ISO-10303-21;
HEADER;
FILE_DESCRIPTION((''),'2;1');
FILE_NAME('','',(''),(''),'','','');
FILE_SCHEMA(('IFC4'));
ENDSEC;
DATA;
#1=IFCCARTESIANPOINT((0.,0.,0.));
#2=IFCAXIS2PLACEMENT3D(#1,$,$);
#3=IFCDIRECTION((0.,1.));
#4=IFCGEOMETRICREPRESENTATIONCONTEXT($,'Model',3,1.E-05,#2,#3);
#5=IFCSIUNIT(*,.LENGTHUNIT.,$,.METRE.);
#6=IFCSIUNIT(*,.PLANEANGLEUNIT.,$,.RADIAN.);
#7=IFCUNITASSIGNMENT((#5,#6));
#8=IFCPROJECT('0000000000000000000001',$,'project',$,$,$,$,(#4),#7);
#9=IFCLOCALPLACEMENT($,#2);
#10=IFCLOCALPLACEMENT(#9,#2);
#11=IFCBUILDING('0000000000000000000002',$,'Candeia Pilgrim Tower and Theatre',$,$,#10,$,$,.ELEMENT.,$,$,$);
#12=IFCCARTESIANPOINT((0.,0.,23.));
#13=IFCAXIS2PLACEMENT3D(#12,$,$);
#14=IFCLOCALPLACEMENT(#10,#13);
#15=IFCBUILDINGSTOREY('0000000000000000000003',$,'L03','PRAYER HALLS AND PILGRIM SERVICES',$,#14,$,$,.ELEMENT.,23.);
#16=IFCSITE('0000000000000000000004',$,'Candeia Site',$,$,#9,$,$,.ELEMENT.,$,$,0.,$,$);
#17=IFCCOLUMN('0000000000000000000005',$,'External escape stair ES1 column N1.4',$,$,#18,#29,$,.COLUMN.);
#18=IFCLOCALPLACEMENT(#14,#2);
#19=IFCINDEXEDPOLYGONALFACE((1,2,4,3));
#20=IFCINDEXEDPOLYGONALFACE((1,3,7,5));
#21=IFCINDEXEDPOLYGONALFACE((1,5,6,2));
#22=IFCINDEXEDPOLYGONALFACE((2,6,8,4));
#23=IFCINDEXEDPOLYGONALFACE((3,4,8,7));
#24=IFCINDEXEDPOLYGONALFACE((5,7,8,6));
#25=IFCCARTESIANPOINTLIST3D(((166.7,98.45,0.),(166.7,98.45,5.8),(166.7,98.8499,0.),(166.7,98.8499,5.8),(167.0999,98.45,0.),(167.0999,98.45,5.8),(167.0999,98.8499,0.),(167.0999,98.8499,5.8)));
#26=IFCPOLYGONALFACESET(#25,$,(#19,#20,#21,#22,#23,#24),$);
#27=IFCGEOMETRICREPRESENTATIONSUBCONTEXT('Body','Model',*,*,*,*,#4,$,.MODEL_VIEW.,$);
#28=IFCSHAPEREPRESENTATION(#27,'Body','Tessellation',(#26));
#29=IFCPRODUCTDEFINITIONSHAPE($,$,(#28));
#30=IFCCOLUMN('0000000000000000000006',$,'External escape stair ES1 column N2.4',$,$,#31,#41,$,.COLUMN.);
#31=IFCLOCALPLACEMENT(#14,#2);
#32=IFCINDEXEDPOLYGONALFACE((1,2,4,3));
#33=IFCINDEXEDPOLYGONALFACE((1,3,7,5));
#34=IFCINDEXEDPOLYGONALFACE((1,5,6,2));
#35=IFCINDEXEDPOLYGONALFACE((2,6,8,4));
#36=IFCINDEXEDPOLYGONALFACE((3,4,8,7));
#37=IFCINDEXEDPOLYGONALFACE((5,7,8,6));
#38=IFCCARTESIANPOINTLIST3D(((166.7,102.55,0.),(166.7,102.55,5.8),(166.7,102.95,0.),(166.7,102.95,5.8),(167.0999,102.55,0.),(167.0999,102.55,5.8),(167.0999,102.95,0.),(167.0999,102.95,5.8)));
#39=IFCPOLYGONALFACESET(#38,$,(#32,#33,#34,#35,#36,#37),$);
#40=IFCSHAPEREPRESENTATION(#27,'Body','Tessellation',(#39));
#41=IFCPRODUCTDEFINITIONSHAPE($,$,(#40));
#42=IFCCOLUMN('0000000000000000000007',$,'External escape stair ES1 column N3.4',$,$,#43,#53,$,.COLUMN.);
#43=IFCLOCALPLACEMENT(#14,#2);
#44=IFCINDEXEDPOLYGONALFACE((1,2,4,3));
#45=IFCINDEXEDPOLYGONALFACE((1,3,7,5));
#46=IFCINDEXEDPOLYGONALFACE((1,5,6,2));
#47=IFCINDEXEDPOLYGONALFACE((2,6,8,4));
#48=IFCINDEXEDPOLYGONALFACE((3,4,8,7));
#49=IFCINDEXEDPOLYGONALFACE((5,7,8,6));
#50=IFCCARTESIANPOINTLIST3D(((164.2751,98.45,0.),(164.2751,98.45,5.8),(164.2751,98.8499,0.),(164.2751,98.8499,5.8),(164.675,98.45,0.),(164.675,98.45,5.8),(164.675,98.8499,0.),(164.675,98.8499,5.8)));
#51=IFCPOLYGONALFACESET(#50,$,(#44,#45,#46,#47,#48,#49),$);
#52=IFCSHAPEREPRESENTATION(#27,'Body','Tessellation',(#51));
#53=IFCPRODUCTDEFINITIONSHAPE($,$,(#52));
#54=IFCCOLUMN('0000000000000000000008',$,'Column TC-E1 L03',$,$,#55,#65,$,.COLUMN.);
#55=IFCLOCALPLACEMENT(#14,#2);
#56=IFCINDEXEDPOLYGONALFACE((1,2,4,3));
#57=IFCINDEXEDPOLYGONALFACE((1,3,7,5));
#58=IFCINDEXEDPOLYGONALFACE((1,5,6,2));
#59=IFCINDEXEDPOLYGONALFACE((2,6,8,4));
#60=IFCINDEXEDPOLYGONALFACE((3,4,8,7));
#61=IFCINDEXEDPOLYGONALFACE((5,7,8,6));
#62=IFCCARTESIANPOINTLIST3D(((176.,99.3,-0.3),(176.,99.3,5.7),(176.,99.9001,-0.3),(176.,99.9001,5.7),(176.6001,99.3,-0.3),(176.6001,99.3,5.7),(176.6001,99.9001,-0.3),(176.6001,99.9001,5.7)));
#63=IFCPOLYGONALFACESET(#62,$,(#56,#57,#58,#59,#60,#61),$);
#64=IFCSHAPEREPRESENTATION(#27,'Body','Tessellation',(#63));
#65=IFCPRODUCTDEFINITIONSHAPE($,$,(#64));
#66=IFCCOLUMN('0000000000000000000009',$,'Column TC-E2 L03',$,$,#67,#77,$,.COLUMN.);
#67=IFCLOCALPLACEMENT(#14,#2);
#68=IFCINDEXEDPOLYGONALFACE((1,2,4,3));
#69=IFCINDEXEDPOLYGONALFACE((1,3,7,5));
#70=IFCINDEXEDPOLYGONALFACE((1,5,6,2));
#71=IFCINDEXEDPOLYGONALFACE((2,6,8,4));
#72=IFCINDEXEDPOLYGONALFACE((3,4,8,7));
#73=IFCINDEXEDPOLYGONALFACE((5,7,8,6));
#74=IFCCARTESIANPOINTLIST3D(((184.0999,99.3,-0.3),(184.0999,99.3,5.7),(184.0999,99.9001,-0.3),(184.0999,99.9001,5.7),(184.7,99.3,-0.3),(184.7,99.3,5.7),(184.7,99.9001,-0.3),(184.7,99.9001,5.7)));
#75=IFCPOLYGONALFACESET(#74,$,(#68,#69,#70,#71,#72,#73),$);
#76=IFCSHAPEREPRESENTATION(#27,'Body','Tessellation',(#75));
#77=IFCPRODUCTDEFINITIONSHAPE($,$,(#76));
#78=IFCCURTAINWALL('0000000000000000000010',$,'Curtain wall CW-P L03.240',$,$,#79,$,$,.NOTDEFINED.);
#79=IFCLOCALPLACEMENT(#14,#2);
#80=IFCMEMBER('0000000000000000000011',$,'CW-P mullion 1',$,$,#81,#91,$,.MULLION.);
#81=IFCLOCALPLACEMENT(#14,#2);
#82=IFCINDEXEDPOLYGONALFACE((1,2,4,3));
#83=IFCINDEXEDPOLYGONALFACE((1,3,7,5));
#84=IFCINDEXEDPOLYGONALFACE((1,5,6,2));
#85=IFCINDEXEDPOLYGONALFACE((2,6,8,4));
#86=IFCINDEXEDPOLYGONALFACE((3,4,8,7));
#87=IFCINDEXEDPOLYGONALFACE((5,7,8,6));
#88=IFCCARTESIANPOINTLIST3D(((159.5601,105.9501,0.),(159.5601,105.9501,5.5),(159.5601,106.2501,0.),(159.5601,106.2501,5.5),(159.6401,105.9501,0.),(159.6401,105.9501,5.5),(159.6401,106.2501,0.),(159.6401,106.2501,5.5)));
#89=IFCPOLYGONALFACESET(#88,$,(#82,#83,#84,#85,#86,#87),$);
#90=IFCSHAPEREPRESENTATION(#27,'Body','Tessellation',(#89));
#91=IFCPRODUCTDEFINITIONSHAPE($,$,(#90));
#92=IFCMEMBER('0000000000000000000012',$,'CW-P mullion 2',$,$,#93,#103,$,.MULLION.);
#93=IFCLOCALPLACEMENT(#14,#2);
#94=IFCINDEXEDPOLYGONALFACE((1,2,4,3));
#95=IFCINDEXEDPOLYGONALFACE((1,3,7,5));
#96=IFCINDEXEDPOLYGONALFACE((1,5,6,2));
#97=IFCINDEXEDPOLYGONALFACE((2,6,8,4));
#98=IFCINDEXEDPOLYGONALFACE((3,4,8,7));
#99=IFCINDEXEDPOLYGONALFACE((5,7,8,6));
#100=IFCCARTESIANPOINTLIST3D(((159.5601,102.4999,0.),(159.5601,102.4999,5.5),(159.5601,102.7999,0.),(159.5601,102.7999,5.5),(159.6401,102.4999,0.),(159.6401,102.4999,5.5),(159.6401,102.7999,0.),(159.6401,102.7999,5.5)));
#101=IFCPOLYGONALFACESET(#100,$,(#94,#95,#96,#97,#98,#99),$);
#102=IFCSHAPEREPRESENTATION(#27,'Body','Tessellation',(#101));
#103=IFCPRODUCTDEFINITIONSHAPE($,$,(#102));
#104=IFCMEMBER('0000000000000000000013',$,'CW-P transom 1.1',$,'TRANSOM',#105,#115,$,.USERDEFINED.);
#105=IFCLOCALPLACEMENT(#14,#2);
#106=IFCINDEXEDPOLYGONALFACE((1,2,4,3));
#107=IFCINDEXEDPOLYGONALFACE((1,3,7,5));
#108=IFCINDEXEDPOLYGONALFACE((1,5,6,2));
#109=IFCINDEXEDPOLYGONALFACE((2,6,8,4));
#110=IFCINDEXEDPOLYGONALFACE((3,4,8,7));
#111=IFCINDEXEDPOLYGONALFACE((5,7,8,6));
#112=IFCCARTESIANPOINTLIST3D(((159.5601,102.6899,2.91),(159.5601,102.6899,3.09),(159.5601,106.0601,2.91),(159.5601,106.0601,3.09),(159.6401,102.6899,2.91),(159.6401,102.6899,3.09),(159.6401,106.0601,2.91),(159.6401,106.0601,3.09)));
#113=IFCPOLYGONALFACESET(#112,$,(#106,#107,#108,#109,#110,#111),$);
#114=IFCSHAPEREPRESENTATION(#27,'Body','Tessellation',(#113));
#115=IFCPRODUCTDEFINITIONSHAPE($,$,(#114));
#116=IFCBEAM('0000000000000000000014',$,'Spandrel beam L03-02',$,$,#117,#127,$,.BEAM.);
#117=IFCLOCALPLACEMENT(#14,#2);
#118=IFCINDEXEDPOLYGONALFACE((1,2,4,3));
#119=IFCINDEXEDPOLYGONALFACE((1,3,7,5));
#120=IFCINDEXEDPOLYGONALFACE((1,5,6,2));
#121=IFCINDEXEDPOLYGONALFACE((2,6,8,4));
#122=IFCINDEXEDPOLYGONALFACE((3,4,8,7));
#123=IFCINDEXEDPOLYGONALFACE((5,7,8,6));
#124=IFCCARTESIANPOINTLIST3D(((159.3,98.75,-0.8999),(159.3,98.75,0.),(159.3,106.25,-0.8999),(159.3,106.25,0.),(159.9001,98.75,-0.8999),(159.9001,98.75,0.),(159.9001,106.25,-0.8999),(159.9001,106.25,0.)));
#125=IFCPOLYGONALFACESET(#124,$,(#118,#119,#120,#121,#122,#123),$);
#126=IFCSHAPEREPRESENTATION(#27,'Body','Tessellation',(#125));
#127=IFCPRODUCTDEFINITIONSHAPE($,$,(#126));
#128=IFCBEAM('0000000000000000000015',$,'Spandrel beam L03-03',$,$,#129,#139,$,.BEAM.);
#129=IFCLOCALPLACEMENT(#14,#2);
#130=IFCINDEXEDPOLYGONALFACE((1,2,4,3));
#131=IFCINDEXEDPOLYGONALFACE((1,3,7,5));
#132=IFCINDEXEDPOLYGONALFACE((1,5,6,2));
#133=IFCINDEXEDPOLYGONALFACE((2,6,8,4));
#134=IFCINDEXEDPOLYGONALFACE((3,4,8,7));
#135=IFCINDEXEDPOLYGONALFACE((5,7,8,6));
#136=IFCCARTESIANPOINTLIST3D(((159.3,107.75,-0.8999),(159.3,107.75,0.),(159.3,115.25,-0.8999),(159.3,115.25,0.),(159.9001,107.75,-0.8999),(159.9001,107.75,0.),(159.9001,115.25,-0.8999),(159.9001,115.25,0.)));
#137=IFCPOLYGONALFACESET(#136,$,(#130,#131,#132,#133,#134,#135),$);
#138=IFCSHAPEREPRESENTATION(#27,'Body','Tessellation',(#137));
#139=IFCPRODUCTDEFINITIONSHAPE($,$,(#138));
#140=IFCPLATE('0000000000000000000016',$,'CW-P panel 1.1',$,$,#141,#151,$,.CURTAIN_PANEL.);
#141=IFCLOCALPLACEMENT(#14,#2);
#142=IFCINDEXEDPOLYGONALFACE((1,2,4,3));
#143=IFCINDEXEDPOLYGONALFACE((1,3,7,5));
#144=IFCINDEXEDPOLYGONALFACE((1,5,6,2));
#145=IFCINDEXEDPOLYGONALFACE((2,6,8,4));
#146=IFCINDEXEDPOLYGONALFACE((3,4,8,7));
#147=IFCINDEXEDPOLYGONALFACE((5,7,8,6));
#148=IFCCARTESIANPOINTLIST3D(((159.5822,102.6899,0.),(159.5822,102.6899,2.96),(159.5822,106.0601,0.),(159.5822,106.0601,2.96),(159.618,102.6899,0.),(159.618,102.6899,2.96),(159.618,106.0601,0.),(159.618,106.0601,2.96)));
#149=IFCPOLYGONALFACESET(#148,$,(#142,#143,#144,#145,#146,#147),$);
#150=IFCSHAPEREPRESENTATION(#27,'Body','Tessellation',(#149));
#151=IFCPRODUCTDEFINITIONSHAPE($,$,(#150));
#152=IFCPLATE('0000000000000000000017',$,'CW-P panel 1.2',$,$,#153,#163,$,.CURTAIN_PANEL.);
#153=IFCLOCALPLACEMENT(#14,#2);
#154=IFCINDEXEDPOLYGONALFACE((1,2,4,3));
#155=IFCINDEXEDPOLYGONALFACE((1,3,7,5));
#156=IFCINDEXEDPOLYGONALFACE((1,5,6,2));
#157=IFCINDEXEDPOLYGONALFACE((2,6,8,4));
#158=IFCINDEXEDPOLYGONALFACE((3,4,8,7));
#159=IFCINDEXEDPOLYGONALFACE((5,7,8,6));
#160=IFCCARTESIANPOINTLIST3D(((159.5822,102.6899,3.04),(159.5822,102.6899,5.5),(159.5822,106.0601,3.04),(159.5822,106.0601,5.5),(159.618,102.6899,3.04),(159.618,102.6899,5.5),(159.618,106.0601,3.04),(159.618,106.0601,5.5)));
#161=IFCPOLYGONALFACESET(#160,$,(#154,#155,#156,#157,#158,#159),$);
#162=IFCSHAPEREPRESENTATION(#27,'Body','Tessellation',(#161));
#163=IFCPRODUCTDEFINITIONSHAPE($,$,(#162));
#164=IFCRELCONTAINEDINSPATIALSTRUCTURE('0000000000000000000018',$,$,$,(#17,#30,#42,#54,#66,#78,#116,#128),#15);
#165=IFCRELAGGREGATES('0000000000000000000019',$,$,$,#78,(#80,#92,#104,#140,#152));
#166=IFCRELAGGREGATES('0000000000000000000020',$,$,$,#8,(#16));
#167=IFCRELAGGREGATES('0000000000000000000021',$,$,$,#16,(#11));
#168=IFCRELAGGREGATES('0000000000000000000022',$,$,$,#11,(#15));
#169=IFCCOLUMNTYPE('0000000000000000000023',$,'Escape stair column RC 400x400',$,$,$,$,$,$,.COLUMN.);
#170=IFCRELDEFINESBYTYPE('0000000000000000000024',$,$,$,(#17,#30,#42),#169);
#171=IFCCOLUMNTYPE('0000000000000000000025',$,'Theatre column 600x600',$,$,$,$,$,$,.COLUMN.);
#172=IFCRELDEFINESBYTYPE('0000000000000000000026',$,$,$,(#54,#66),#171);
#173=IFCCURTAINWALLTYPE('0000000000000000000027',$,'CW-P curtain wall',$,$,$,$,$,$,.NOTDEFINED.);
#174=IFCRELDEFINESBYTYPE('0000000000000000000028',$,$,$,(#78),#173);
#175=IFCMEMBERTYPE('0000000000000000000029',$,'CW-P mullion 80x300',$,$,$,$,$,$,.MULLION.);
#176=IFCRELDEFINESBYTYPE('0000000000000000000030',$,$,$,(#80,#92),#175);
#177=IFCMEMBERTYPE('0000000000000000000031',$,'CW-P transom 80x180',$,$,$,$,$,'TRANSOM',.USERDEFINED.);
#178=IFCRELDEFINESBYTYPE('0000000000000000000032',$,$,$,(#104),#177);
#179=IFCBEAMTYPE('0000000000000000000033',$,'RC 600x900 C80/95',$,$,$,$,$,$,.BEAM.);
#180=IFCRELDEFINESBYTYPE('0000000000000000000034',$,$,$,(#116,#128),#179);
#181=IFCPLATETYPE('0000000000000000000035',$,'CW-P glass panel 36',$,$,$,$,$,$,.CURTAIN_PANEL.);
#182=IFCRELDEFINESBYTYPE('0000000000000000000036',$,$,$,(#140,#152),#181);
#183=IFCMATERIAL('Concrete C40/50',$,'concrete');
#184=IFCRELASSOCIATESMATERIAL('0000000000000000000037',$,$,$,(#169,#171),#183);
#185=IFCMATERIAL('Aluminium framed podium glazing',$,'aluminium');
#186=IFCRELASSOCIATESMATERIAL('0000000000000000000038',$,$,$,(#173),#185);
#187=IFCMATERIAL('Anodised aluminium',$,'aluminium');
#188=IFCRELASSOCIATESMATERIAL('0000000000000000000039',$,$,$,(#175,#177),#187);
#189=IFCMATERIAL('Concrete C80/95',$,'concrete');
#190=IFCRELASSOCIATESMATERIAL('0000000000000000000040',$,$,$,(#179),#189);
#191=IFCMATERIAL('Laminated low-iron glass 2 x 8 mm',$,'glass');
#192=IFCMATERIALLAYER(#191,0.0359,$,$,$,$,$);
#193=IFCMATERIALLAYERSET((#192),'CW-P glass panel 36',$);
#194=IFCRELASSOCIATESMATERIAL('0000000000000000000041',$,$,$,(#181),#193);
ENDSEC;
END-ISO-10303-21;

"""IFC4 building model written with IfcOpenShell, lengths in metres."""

from ifc_helpers import new_model, si_unit, direction, frame, origin, origin_2d, place, context, subcontext, project, spatial, rectangle, extrude, material, layer, layer_set, material_profile, profile_set, type_object, element, aggregate, save


model = new_model("IFC4")

# Units and contexts
model_context = context("Model", 3, precision=1e-05, world=origin(), true_north=direction((0.0, 1.0)))
body_context = subcontext(model_context, "Body", "Model", "MODEL_VIEW")
ifc_project = project(units=[si_unit("LENGTHUNIT", "METRE"), si_unit("PLANEANGLEUNIT", "RADIAN")], contexts=[model_context])

# Site, building, storey
site_placement = place(None, origin())
site = spatial("IfcSite", under=ifc_project, at=site_placement, Name="Candeia Site", CompositionType="ELEMENT", RefElevation=0.0)
building_placement = place(site_placement, origin())
building = spatial("IfcBuilding", under=site, at=building_placement, Name="Candeia Pilgrim Tower and Theatre", CompositionType="ELEMENT")
storey_placement = place(building_placement, frame((0.0, 0.0, 23.0)))
storey = spatial("IfcBuildingStorey", under=building, at=storey_placement, Name="L03", Description="PRAYER HALLS AND PILGRIM SERVICES", CompositionType="ELEMENT", Elevation=23.0)

# Columns
ifc_material_1 = material(Name="Concrete C40/50", Category="concrete")
ifc_material_profile_1 = material_profile(ifc_material_1, rectangle(XDim=0.3999, YDim=0.3999, at=origin_2d()))
ifc_profile_set_1 = profile_set([ifc_material_profile_1], Name="Concrete C40/50")
column_type_1 = type_object("IfcColumnType", Name="Escape stair column RC 400x400", PredefinedType="COLUMN", material=ifc_profile_set_1)
for number, where, z_axis, x_axis, name in (
    (1, (166.8999, 98.6499, 0.0), (0.0, 0.0, 1.0), (1.0, 0.0, 0.0), "External escape stair ES1 column N1.4"),
    (2, (166.8999, 102.75, 0.0), (0.0, 0.0, 1.0), (1.0, 0.0, 0.0), "External escape stair ES1 column N2.4"),
    (3, (164.4751, 98.6499, 0.0), (0.0, 0.0, 1.0), (1.0, 0.0, 0.0), "External escape stair ES1 column N3.4"),
):
    element("IfcColumn", number, at=place(storey_placement, frame(where, z_axis=z_axis, x_axis=x_axis)), inside=storey, type_object=column_type_1, Name=name, PredefinedType="COLUMN", context=body_context, shape_type="SweptSolid", body=[
        extrude(rectangle(XDim=0.3999, YDim=0.3999, at=origin_2d()), origin(), (0.0, 0.0, 1.0), 5.8),
    ])
ifc_material_profile_2 = material_profile(ifc_material_1, rectangle(XDim=0.6001, YDim=0.6001, at=origin_2d()))
ifc_profile_set_2 = profile_set([ifc_material_profile_2], Name="Concrete C40/50")
column_type_2 = type_object("IfcColumnType", Name="Theatre column 600x600", PredefinedType="COLUMN", material=ifc_profile_set_2)
for number, where, z_axis, x_axis, name in (
    (4, (176.3, 99.6001, -0.3), (0.0, 0.0, 1.0), (1.0, 0.0, 0.0), "Column TC-E1 L03"),
    (5, (184.3999, 99.6001, -0.3), (0.0, 0.0, 1.0), (1.0, 0.0, 0.0), "Column TC-E2 L03"),
):
    element("IfcColumn", number, at=place(storey_placement, frame(where, z_axis=z_axis, x_axis=x_axis)), inside=storey, type_object=column_type_2, Name=name, PredefinedType="COLUMN", context=body_context, shape_type="SweptSolid", body=[
        extrude(rectangle(XDim=0.6001, YDim=0.6001, at=origin_2d()), origin(), (0.0, 0.0, 1.0), 6.0),
    ])

# Curtain wall, members
ifc_material_2 = material(Name="Aluminium framed podium glazing", Category="aluminium")
curtain_wall_type = type_object("IfcCurtainWallType", Name="CW-P curtain wall", PredefinedType="NOTDEFINED", material=ifc_material_2)
curtain_wall_placement = place(storey_placement, origin())
curtain_wall = element("IfcCurtainWall", 6, at=curtain_wall_placement, inside=storey, type_object=curtain_wall_type, Name="Curtain wall CW-P L03.240", PredefinedType="NOTDEFINED")
ifc_material_3 = material(Name="Anodised aluminium", Category="aluminium")
ifc_material_profile_3 = material_profile(ifc_material_3, rectangle(XDim=0.0801, YDim=0.3, at=origin_2d()))
ifc_profile_set_3 = profile_set([ifc_material_profile_3], Name="Anodised aluminium")
member_type_1 = type_object("IfcMemberType", Name="CW-P mullion 80x300", PredefinedType="MULLION", material=ifc_profile_set_3)
member_1_placement = place(storey_placement, frame((159.6001, 106.1001, 0.0), z_axis=(0.0, 0.0, 1.0), x_axis=(1.0, 0.0, 0.0)))
member_1 = element("IfcMember", 7, at=member_1_placement, type_object=member_type_1, Name="CW-P mullion 1", PredefinedType="MULLION", context=body_context, shape_type="SweptSolid", body=[
    extrude(rectangle(XDim=0.0801, YDim=0.3, at=origin_2d()), origin(), (0.0, 0.0, 1.0), 5.5),
])
member_2_placement = place(storey_placement, frame((159.6001, 102.6499, 0.0), z_axis=(0.0, 0.0, 1.0), x_axis=(1.0, 0.0, 0.0)))
member_2 = element("IfcMember", 8, at=member_2_placement, type_object=member_type_1, Name="CW-P mullion 2", PredefinedType="MULLION", context=body_context, shape_type="SweptSolid", body=[
    extrude(rectangle(XDim=0.0801, YDim=0.3, at=origin_2d()), origin(), (0.0, 0.0, 1.0), 5.5),
])
ifc_material_profile_4 = material_profile(ifc_material_3, rectangle(XDim=0.0801, YDim=0.1799, at=origin_2d()))
ifc_profile_set_4 = profile_set([ifc_material_profile_4], Name="Anodised aluminium")
member_type_2 = type_object("IfcMemberType", Name="CW-P transom 80x180", ElementType="TRANSOM", PredefinedType="USERDEFINED", material=ifc_profile_set_4)
member_3_placement = place(storey_placement, frame((159.6001, 106.0601, 3.0), z_axis=(0.0, -1.0, 0.0), x_axis=(1.0, 0.0, 0.0)))
member_3 = element("IfcMember", 9, at=member_3_placement, type_object=member_type_2, Name="CW-P transom 1.1", ObjectType="TRANSOM", PredefinedType="USERDEFINED", context=body_context, shape_type="SweptSolid", body=[
    extrude(rectangle(XDim=0.0801, YDim=0.1799, at=origin_2d()), origin(), (0.0, 0.0, 1.0), 3.3701),
])

# Beams
ifc_material_4 = material(Name="Concrete C80/95", Category="concrete")
ifc_material_profile_5 = material_profile(ifc_material_4, rectangle(XDim=0.6001, YDim=0.8999, at=origin_2d()))
ifc_profile_set_5 = profile_set([ifc_material_profile_5], Name="Concrete C80/95")
beam_type = type_object("IfcBeamType", Name="RC 600x900 C80/95", PredefinedType="BEAM", material=ifc_profile_set_5)
for number, where, z_axis, x_axis, name in (
    (10, (159.6001, 98.75, -0.45), (0.0, 1.0, 0.0), (-1.0, 0.0, 0.0), "Spandrel beam L03-02"),
    (11, (159.6001, 107.75, -0.45), (0.0, 1.0, 0.0), (-1.0, 0.0, 0.0), "Spandrel beam L03-03"),
):
    element("IfcBeam", number, at=place(storey_placement, frame(where, z_axis=z_axis, x_axis=x_axis)), inside=storey, type_object=beam_type, Name=name, PredefinedType="BEAM", context=body_context, shape_type="SweptSolid", body=[
        extrude(rectangle(XDim=0.6001, YDim=0.8999, at=origin_2d()), origin(), (0.0, 0.0, 1.0), 7.5),
    ])

# Plates
ifc_material_5 = material(Name="Laminated low-iron glass 2 x 8 mm", Category="glass")
ifc_layer_1 = layer(ifc_material_5, 0.0359)
ifc_layer_set_1 = layer_set([ifc_layer_1], Name="CW-P glass panel 36")
plate_type = type_object("IfcPlateType", Name="CW-P glass panel 36", PredefinedType="CURTAIN_PANEL", material=ifc_layer_set_1)
plate_1_placement = place(storey_placement, frame((159.6001, 104.375, 0.0), z_axis=(0.0, 0.0, 1.0), x_axis=(0.0, -1.0, 0.0)))
plate_1 = element("IfcPlate", 12, at=plate_1_placement, type_object=plate_type, Name="CW-P panel 1.1", PredefinedType="CURTAIN_PANEL", context=body_context, shape_type="SweptSolid", body=[
    extrude(rectangle(XDim=3.3701, YDim=0.0359, at=origin_2d()), origin(), (0.0, 0.0, 1.0), 2.96),
])
plate_2_placement = place(storey_placement, frame((159.6001, 104.375, 3.04), z_axis=(0.0, 0.0, 1.0), x_axis=(0.0, -1.0, 0.0)))
plate_2 = element("IfcPlate", 13, at=plate_2_placement, type_object=plate_type, Name="CW-P panel 1.2", PredefinedType="CURTAIN_PANEL", context=body_context, shape_type="SweptSolid", body=[
    extrude(rectangle(XDim=3.3701, YDim=0.0359, at=origin_2d()), origin(), (0.0, 0.0, 1.0), 2.46),
])
aggregate(curtain_wall, [member_1, member_2, member_3, plate_1, plate_2])

save(model, "model.ifc")
